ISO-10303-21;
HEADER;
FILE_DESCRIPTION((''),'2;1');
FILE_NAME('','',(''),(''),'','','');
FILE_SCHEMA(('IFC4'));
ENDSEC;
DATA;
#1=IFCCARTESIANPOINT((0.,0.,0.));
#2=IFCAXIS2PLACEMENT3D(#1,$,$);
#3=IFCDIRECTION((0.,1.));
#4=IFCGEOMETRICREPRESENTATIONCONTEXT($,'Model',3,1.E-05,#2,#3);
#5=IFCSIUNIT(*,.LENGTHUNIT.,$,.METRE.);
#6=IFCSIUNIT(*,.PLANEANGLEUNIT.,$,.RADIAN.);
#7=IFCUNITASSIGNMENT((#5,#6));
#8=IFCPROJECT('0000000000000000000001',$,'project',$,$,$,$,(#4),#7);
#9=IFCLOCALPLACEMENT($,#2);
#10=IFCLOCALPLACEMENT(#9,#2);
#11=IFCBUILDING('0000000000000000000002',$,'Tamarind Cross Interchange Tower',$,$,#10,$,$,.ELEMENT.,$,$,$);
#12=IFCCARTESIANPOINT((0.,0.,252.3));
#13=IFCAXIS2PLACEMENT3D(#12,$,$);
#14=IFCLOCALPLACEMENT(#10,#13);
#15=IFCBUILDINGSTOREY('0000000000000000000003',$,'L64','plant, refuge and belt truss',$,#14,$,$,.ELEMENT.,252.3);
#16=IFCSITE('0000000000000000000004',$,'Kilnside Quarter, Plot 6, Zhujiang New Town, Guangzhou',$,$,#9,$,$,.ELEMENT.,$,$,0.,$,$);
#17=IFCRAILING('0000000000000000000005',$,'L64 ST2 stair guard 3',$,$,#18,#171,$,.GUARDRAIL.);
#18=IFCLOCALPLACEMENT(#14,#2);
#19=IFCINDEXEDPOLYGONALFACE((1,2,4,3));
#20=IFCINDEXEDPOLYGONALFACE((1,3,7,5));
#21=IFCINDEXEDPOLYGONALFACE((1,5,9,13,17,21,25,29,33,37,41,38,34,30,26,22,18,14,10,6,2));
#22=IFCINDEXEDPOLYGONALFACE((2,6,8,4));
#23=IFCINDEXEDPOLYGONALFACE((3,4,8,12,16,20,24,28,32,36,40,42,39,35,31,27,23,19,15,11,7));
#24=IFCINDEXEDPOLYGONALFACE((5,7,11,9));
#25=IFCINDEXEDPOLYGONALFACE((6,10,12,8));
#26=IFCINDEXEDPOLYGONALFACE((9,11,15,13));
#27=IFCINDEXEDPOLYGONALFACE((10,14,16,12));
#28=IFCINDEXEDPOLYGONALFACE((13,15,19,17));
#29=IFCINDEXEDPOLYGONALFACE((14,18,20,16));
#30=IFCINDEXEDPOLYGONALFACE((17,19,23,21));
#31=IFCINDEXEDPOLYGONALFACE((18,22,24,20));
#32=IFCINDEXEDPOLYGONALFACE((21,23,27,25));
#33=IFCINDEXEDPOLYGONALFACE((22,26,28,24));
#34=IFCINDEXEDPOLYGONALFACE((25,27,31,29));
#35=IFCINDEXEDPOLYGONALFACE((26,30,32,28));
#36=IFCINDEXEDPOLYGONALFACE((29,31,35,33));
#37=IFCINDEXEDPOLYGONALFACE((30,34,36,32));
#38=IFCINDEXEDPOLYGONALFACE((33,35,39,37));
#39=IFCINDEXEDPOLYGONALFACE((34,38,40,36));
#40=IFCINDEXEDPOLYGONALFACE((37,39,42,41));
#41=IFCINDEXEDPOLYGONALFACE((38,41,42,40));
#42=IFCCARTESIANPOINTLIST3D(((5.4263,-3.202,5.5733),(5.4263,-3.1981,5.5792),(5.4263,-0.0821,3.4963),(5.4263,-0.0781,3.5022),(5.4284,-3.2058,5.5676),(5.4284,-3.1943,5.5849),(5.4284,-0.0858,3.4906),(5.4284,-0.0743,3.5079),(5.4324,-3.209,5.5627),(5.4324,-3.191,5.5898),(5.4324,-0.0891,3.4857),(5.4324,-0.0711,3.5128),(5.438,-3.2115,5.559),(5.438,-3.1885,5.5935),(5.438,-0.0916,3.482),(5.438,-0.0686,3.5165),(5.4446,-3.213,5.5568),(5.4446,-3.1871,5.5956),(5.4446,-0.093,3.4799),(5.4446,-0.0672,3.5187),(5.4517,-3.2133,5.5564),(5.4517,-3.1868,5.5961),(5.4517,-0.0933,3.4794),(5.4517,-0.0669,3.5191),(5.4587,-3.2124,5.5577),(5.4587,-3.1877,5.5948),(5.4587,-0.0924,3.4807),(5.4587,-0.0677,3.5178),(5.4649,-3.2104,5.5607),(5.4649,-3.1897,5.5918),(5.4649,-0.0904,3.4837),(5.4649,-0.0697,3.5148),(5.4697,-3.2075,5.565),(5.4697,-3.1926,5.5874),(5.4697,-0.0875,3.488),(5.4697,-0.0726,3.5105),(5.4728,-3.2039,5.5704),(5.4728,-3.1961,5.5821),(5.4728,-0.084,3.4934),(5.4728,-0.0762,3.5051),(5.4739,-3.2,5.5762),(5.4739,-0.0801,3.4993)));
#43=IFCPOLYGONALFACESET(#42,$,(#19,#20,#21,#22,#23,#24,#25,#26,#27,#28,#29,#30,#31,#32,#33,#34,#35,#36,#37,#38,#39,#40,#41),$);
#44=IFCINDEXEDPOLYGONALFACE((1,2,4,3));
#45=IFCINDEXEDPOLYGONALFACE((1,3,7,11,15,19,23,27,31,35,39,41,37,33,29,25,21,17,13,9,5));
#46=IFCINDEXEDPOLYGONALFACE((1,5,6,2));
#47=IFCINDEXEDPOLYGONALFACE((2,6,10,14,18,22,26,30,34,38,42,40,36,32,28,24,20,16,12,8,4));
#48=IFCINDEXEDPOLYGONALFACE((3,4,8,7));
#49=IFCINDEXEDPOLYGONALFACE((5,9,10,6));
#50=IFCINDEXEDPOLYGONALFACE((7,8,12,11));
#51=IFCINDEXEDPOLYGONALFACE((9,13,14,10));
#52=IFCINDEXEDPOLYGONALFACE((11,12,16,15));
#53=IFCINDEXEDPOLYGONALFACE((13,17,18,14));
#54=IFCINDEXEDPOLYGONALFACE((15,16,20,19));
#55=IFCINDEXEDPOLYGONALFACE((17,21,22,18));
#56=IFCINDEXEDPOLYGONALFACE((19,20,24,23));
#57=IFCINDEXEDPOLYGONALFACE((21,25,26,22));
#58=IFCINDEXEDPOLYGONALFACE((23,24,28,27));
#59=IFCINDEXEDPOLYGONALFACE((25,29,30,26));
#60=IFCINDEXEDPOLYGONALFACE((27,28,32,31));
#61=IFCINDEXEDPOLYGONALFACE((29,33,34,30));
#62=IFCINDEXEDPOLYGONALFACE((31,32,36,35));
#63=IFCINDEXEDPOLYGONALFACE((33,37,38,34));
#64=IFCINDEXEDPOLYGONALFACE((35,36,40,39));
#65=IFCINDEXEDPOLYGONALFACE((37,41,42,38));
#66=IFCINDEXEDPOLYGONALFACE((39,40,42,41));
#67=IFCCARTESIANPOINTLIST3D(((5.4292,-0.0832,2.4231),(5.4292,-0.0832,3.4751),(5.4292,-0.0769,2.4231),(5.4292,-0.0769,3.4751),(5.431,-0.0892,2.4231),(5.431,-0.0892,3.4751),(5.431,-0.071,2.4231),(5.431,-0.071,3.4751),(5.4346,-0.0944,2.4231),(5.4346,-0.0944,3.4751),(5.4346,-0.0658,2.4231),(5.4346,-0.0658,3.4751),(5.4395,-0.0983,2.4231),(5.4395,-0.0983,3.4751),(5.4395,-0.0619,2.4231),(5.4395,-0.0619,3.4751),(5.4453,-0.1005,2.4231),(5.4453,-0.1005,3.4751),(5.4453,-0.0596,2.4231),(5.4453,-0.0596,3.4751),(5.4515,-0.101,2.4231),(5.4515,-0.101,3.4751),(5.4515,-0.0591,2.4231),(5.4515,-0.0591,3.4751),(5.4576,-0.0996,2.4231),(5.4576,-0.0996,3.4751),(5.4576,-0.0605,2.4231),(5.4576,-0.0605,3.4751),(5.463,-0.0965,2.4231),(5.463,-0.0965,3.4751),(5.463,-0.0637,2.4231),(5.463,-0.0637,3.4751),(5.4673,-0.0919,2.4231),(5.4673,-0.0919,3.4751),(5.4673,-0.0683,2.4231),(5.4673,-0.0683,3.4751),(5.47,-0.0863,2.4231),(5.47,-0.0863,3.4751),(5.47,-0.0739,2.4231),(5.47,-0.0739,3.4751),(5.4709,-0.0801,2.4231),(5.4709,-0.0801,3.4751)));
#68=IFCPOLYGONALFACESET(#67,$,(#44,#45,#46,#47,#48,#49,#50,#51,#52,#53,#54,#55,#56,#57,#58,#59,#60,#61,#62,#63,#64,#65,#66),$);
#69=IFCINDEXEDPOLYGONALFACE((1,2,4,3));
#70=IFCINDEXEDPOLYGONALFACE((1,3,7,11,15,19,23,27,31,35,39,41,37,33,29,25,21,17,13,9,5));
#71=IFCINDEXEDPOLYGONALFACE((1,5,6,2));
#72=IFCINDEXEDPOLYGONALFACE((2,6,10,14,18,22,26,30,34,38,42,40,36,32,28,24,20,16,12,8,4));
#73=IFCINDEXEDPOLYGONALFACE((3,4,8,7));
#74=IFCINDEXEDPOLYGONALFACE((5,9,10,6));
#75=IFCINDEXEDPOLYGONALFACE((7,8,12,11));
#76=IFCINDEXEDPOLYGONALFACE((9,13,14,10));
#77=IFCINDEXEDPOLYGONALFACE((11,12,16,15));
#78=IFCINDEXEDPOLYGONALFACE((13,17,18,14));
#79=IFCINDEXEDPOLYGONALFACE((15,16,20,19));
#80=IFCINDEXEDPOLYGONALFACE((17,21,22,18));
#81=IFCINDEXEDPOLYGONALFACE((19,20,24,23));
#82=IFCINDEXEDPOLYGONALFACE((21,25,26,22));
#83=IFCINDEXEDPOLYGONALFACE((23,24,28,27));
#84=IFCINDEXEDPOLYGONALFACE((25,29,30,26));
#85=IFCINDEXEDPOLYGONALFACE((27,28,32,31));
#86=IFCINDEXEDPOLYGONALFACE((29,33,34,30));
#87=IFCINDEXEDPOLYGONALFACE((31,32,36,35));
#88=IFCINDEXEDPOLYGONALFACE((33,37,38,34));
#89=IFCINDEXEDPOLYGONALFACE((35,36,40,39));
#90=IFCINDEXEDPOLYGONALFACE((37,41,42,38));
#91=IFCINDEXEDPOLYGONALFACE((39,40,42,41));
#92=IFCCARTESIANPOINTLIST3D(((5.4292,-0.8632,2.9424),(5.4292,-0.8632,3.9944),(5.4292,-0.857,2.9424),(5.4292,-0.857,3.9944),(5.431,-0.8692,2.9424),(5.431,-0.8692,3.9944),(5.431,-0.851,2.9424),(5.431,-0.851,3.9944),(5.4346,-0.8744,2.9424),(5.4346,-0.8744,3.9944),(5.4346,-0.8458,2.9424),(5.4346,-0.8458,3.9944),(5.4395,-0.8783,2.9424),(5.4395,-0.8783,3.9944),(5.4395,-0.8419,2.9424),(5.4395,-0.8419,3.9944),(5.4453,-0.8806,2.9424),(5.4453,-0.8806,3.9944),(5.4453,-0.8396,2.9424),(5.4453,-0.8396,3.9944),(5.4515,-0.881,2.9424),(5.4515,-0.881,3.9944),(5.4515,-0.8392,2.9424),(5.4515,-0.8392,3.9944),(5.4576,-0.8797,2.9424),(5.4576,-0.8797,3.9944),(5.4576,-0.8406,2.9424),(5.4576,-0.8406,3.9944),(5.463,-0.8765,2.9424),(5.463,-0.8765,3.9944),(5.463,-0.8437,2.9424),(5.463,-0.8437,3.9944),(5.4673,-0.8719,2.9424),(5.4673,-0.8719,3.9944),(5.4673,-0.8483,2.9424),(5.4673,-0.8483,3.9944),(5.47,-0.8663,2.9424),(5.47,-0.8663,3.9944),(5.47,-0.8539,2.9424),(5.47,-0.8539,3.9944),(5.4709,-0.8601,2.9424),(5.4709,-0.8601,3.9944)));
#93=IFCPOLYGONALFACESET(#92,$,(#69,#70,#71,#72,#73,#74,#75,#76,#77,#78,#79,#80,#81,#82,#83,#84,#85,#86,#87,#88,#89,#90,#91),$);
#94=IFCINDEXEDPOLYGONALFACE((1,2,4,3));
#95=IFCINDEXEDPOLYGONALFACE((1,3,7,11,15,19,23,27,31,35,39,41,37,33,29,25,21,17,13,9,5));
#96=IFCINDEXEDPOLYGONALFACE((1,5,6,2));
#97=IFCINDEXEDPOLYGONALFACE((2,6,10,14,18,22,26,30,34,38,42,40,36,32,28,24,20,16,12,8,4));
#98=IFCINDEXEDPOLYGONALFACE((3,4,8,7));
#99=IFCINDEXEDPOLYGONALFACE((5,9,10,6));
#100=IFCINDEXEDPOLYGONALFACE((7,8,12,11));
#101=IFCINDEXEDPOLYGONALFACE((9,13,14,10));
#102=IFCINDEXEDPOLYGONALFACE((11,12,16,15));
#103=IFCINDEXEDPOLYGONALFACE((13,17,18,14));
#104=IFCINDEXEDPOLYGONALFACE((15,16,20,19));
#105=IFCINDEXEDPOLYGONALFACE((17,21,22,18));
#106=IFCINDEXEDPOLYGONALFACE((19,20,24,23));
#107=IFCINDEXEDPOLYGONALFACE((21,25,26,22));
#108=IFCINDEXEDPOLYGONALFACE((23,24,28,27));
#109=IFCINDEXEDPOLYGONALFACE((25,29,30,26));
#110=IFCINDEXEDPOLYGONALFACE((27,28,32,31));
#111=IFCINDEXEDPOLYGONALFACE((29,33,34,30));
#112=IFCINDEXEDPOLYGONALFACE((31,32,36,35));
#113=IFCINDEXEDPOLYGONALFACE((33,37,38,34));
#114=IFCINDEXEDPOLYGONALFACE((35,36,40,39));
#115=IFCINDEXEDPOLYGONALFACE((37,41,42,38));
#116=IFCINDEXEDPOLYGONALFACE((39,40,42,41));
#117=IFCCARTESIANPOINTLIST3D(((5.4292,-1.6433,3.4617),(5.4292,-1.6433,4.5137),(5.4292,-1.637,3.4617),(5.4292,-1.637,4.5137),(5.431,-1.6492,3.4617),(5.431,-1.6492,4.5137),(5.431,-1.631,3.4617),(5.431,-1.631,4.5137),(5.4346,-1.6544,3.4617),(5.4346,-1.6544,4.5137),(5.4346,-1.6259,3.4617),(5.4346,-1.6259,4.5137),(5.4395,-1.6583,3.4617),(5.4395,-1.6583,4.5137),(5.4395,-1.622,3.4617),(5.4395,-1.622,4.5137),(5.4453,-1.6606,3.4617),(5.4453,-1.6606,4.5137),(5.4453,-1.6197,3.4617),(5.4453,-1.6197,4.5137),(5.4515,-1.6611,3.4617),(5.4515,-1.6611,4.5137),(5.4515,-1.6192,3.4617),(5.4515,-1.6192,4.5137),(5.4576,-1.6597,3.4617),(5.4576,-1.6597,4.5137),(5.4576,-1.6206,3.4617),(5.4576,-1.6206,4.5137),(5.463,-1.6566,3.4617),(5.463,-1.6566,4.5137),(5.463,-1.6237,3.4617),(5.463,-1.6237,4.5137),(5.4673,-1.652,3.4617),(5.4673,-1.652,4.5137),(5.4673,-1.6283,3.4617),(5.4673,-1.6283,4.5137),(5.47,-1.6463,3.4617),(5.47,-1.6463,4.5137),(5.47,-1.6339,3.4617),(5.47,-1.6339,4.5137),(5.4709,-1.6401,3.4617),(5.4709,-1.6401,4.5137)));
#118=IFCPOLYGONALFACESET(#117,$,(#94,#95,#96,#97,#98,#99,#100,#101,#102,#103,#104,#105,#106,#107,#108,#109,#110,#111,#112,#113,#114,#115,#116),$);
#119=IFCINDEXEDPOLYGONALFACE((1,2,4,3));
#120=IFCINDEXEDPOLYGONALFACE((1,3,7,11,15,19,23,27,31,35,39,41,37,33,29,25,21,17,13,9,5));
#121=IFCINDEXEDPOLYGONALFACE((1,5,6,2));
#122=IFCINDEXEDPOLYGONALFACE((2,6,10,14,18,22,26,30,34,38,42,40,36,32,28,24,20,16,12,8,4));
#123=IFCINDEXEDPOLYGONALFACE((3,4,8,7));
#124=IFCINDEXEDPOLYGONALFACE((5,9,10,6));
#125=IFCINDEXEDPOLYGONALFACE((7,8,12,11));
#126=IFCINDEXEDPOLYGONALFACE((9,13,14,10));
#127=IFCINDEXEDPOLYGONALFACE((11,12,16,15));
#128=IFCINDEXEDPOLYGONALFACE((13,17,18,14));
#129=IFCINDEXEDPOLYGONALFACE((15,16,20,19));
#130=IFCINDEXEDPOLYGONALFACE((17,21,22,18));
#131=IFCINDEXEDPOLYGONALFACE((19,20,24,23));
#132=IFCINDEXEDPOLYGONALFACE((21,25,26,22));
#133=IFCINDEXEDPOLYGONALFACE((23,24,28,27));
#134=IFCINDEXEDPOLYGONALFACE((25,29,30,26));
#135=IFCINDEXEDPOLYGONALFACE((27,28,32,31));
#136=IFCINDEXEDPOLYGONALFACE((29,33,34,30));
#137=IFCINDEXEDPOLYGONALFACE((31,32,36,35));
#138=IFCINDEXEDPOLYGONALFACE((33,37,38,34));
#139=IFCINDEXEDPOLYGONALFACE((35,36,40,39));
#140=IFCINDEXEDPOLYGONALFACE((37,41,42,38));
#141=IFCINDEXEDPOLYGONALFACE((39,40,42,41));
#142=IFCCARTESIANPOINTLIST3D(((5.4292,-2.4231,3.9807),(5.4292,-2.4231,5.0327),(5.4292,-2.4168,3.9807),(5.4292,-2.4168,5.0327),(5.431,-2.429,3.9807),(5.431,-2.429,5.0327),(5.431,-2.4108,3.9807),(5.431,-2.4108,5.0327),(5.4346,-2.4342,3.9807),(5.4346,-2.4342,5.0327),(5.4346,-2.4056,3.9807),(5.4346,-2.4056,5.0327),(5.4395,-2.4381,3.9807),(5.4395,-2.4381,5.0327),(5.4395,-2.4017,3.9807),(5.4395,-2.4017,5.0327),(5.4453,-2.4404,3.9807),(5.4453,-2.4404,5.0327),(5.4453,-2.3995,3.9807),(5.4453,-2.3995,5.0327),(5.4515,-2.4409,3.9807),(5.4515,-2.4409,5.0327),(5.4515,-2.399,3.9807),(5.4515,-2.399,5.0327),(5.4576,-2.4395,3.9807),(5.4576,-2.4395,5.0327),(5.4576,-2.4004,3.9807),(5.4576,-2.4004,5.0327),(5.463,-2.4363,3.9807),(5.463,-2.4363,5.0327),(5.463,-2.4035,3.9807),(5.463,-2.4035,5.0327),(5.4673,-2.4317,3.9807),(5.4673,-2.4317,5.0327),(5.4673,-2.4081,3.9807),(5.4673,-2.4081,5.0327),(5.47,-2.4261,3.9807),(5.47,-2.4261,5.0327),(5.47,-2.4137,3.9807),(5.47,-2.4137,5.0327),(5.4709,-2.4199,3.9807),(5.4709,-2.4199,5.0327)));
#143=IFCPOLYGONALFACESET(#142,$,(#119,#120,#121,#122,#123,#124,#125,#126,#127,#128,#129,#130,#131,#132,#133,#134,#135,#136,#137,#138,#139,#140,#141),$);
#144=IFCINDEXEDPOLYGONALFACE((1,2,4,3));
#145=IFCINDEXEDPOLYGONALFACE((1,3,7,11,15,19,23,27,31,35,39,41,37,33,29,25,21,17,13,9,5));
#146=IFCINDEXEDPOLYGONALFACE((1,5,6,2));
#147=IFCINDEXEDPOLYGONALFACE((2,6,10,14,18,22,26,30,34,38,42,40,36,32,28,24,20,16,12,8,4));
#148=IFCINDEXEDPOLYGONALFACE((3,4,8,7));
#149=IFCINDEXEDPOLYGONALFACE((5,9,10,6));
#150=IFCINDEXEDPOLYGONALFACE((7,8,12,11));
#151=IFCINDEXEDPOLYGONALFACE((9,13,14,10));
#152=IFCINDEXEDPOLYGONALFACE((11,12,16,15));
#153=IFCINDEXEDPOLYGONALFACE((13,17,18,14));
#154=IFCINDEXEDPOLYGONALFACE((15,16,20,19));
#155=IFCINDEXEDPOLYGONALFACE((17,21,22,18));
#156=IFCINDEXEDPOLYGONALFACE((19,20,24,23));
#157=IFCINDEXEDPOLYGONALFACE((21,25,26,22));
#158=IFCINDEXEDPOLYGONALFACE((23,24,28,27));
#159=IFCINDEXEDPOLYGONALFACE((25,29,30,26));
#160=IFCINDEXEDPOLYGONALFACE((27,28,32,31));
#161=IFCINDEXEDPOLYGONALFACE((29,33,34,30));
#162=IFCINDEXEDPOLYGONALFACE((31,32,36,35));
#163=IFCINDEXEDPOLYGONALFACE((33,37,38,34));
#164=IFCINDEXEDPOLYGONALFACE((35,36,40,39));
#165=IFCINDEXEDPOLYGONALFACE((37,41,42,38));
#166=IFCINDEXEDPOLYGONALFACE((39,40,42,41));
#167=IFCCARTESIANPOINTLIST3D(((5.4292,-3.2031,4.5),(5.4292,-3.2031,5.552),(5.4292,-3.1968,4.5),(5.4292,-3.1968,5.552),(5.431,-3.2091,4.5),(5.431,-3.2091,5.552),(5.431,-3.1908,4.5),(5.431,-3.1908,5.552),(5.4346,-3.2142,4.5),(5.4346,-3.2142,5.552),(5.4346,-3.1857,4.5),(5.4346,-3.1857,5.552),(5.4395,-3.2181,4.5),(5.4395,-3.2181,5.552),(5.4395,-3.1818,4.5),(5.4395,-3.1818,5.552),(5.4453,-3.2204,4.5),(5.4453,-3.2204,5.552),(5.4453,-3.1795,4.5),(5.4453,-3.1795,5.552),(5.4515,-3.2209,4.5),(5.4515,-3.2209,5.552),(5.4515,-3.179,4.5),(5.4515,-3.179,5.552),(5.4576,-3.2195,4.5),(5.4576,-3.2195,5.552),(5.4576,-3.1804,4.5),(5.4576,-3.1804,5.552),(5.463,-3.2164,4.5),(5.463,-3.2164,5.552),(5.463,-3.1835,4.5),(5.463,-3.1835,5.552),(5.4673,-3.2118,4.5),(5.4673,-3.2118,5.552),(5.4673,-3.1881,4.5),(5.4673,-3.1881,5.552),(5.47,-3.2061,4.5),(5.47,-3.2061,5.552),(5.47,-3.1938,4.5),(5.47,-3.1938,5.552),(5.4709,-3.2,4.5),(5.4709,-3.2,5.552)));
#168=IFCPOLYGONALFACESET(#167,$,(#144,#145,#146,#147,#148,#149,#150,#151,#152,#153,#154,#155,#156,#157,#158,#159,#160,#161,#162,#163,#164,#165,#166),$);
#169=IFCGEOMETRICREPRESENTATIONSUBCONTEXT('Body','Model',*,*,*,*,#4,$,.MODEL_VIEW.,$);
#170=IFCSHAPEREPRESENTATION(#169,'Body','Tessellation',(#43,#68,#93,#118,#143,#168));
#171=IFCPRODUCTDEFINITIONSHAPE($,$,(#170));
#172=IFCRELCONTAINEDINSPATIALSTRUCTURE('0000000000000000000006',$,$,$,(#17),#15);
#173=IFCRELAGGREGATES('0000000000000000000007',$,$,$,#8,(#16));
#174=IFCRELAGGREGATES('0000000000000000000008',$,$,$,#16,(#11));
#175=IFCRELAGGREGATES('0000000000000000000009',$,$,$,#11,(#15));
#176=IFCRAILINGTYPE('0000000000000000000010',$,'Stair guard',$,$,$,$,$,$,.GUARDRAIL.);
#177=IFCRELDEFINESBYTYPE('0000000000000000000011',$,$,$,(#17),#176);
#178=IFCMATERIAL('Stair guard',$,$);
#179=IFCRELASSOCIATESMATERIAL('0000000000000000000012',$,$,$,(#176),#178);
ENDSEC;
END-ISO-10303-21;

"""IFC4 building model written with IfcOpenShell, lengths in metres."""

from ifc_helpers import new_model, si_unit, direction, frame, origin, origin_2d, place, context, subcontext, project, spatial, circle, extrude, material, type_object, element, save


model = new_model("IFC4")

# Units and contexts
model_context = context("Model", 3, precision=1e-05, world=origin(), true_north=direction((0.0, 1.0)))
body_context = subcontext(model_context, "Body", "Model", "MODEL_VIEW")
ifc_project = project(units=[si_unit("LENGTHUNIT", "METRE"), si_unit("PLANEANGLEUNIT", "RADIAN")], contexts=[model_context])

# Site, building, storey
site_placement = place(None, origin())
site = spatial("IfcSite", under=ifc_project, at=site_placement, Name="Kilnside Quarter, Plot 6, Zhujiang New Town, Guangzhou", CompositionType="ELEMENT", RefElevation=0.0)
building_placement = place(site_placement, origin())
building = spatial("IfcBuilding", under=site, at=building_placement, Name="Tamarind Cross Interchange Tower", CompositionType="ELEMENT")
storey_placement = place(building_placement, frame((0.0, 0.0, 252.3)))
storey = spatial("IfcBuildingStorey", under=building, at=storey_placement, Name="L64", Description="plant, refuge and belt truss", CompositionType="ELEMENT", Elevation=252.3)

# Railing
ifc_material_1 = material(Name="Stair guard")
railing_type_1 = type_object("IfcRailingType", Name="Stair guard", PredefinedType="GUARDRAIL", material=ifc_material_1)
railing_1_placement = place(storey_placement, frame((5.45, -0.0801, 2.4231)))
element("IfcRailing", 1, at=railing_1_placement, inside=storey, type_object=railing_type_1, Name="L64 ST2 stair guard 3", PredefinedType="GUARDRAIL", context=body_context, shape_type="SweptSolid", body=[
    extrude(circle(Radius=0.0239, at=origin_2d()), frame((0.0, 0.0, 1.0762), z_axis=(0.0, -0.832421, 0.554144), x_axis=(1.0, 0.0, 0.0)), (0.0, 0.0, 1.0), 3.748),
    extrude(circle(Radius=0.021, at=origin_2d()), origin(), (0.0, 0.0, 1.0), 1.052),
    extrude(circle(Radius=0.021, at=origin_2d()), frame((0.0, -0.78, 0.5193)), (0.0, 0.0, 1.0), 1.052),
    extrude(circle(Radius=0.021, at=origin_2d()), frame((0.0, -1.5601, 1.0386)), (0.0, 0.0, 1.0), 1.052),
    extrude(circle(Radius=0.021, at=origin_2d()), frame((0.0, -2.3398, 1.5576)), (0.0, 0.0, 1.0), 1.052),
    extrude(circle(Radius=0.021, at=origin_2d()), frame((0.0, -3.1199, 2.0769)), (0.0, 0.0, 1.0), 1.052),
])

save(model, "model.ifc")
